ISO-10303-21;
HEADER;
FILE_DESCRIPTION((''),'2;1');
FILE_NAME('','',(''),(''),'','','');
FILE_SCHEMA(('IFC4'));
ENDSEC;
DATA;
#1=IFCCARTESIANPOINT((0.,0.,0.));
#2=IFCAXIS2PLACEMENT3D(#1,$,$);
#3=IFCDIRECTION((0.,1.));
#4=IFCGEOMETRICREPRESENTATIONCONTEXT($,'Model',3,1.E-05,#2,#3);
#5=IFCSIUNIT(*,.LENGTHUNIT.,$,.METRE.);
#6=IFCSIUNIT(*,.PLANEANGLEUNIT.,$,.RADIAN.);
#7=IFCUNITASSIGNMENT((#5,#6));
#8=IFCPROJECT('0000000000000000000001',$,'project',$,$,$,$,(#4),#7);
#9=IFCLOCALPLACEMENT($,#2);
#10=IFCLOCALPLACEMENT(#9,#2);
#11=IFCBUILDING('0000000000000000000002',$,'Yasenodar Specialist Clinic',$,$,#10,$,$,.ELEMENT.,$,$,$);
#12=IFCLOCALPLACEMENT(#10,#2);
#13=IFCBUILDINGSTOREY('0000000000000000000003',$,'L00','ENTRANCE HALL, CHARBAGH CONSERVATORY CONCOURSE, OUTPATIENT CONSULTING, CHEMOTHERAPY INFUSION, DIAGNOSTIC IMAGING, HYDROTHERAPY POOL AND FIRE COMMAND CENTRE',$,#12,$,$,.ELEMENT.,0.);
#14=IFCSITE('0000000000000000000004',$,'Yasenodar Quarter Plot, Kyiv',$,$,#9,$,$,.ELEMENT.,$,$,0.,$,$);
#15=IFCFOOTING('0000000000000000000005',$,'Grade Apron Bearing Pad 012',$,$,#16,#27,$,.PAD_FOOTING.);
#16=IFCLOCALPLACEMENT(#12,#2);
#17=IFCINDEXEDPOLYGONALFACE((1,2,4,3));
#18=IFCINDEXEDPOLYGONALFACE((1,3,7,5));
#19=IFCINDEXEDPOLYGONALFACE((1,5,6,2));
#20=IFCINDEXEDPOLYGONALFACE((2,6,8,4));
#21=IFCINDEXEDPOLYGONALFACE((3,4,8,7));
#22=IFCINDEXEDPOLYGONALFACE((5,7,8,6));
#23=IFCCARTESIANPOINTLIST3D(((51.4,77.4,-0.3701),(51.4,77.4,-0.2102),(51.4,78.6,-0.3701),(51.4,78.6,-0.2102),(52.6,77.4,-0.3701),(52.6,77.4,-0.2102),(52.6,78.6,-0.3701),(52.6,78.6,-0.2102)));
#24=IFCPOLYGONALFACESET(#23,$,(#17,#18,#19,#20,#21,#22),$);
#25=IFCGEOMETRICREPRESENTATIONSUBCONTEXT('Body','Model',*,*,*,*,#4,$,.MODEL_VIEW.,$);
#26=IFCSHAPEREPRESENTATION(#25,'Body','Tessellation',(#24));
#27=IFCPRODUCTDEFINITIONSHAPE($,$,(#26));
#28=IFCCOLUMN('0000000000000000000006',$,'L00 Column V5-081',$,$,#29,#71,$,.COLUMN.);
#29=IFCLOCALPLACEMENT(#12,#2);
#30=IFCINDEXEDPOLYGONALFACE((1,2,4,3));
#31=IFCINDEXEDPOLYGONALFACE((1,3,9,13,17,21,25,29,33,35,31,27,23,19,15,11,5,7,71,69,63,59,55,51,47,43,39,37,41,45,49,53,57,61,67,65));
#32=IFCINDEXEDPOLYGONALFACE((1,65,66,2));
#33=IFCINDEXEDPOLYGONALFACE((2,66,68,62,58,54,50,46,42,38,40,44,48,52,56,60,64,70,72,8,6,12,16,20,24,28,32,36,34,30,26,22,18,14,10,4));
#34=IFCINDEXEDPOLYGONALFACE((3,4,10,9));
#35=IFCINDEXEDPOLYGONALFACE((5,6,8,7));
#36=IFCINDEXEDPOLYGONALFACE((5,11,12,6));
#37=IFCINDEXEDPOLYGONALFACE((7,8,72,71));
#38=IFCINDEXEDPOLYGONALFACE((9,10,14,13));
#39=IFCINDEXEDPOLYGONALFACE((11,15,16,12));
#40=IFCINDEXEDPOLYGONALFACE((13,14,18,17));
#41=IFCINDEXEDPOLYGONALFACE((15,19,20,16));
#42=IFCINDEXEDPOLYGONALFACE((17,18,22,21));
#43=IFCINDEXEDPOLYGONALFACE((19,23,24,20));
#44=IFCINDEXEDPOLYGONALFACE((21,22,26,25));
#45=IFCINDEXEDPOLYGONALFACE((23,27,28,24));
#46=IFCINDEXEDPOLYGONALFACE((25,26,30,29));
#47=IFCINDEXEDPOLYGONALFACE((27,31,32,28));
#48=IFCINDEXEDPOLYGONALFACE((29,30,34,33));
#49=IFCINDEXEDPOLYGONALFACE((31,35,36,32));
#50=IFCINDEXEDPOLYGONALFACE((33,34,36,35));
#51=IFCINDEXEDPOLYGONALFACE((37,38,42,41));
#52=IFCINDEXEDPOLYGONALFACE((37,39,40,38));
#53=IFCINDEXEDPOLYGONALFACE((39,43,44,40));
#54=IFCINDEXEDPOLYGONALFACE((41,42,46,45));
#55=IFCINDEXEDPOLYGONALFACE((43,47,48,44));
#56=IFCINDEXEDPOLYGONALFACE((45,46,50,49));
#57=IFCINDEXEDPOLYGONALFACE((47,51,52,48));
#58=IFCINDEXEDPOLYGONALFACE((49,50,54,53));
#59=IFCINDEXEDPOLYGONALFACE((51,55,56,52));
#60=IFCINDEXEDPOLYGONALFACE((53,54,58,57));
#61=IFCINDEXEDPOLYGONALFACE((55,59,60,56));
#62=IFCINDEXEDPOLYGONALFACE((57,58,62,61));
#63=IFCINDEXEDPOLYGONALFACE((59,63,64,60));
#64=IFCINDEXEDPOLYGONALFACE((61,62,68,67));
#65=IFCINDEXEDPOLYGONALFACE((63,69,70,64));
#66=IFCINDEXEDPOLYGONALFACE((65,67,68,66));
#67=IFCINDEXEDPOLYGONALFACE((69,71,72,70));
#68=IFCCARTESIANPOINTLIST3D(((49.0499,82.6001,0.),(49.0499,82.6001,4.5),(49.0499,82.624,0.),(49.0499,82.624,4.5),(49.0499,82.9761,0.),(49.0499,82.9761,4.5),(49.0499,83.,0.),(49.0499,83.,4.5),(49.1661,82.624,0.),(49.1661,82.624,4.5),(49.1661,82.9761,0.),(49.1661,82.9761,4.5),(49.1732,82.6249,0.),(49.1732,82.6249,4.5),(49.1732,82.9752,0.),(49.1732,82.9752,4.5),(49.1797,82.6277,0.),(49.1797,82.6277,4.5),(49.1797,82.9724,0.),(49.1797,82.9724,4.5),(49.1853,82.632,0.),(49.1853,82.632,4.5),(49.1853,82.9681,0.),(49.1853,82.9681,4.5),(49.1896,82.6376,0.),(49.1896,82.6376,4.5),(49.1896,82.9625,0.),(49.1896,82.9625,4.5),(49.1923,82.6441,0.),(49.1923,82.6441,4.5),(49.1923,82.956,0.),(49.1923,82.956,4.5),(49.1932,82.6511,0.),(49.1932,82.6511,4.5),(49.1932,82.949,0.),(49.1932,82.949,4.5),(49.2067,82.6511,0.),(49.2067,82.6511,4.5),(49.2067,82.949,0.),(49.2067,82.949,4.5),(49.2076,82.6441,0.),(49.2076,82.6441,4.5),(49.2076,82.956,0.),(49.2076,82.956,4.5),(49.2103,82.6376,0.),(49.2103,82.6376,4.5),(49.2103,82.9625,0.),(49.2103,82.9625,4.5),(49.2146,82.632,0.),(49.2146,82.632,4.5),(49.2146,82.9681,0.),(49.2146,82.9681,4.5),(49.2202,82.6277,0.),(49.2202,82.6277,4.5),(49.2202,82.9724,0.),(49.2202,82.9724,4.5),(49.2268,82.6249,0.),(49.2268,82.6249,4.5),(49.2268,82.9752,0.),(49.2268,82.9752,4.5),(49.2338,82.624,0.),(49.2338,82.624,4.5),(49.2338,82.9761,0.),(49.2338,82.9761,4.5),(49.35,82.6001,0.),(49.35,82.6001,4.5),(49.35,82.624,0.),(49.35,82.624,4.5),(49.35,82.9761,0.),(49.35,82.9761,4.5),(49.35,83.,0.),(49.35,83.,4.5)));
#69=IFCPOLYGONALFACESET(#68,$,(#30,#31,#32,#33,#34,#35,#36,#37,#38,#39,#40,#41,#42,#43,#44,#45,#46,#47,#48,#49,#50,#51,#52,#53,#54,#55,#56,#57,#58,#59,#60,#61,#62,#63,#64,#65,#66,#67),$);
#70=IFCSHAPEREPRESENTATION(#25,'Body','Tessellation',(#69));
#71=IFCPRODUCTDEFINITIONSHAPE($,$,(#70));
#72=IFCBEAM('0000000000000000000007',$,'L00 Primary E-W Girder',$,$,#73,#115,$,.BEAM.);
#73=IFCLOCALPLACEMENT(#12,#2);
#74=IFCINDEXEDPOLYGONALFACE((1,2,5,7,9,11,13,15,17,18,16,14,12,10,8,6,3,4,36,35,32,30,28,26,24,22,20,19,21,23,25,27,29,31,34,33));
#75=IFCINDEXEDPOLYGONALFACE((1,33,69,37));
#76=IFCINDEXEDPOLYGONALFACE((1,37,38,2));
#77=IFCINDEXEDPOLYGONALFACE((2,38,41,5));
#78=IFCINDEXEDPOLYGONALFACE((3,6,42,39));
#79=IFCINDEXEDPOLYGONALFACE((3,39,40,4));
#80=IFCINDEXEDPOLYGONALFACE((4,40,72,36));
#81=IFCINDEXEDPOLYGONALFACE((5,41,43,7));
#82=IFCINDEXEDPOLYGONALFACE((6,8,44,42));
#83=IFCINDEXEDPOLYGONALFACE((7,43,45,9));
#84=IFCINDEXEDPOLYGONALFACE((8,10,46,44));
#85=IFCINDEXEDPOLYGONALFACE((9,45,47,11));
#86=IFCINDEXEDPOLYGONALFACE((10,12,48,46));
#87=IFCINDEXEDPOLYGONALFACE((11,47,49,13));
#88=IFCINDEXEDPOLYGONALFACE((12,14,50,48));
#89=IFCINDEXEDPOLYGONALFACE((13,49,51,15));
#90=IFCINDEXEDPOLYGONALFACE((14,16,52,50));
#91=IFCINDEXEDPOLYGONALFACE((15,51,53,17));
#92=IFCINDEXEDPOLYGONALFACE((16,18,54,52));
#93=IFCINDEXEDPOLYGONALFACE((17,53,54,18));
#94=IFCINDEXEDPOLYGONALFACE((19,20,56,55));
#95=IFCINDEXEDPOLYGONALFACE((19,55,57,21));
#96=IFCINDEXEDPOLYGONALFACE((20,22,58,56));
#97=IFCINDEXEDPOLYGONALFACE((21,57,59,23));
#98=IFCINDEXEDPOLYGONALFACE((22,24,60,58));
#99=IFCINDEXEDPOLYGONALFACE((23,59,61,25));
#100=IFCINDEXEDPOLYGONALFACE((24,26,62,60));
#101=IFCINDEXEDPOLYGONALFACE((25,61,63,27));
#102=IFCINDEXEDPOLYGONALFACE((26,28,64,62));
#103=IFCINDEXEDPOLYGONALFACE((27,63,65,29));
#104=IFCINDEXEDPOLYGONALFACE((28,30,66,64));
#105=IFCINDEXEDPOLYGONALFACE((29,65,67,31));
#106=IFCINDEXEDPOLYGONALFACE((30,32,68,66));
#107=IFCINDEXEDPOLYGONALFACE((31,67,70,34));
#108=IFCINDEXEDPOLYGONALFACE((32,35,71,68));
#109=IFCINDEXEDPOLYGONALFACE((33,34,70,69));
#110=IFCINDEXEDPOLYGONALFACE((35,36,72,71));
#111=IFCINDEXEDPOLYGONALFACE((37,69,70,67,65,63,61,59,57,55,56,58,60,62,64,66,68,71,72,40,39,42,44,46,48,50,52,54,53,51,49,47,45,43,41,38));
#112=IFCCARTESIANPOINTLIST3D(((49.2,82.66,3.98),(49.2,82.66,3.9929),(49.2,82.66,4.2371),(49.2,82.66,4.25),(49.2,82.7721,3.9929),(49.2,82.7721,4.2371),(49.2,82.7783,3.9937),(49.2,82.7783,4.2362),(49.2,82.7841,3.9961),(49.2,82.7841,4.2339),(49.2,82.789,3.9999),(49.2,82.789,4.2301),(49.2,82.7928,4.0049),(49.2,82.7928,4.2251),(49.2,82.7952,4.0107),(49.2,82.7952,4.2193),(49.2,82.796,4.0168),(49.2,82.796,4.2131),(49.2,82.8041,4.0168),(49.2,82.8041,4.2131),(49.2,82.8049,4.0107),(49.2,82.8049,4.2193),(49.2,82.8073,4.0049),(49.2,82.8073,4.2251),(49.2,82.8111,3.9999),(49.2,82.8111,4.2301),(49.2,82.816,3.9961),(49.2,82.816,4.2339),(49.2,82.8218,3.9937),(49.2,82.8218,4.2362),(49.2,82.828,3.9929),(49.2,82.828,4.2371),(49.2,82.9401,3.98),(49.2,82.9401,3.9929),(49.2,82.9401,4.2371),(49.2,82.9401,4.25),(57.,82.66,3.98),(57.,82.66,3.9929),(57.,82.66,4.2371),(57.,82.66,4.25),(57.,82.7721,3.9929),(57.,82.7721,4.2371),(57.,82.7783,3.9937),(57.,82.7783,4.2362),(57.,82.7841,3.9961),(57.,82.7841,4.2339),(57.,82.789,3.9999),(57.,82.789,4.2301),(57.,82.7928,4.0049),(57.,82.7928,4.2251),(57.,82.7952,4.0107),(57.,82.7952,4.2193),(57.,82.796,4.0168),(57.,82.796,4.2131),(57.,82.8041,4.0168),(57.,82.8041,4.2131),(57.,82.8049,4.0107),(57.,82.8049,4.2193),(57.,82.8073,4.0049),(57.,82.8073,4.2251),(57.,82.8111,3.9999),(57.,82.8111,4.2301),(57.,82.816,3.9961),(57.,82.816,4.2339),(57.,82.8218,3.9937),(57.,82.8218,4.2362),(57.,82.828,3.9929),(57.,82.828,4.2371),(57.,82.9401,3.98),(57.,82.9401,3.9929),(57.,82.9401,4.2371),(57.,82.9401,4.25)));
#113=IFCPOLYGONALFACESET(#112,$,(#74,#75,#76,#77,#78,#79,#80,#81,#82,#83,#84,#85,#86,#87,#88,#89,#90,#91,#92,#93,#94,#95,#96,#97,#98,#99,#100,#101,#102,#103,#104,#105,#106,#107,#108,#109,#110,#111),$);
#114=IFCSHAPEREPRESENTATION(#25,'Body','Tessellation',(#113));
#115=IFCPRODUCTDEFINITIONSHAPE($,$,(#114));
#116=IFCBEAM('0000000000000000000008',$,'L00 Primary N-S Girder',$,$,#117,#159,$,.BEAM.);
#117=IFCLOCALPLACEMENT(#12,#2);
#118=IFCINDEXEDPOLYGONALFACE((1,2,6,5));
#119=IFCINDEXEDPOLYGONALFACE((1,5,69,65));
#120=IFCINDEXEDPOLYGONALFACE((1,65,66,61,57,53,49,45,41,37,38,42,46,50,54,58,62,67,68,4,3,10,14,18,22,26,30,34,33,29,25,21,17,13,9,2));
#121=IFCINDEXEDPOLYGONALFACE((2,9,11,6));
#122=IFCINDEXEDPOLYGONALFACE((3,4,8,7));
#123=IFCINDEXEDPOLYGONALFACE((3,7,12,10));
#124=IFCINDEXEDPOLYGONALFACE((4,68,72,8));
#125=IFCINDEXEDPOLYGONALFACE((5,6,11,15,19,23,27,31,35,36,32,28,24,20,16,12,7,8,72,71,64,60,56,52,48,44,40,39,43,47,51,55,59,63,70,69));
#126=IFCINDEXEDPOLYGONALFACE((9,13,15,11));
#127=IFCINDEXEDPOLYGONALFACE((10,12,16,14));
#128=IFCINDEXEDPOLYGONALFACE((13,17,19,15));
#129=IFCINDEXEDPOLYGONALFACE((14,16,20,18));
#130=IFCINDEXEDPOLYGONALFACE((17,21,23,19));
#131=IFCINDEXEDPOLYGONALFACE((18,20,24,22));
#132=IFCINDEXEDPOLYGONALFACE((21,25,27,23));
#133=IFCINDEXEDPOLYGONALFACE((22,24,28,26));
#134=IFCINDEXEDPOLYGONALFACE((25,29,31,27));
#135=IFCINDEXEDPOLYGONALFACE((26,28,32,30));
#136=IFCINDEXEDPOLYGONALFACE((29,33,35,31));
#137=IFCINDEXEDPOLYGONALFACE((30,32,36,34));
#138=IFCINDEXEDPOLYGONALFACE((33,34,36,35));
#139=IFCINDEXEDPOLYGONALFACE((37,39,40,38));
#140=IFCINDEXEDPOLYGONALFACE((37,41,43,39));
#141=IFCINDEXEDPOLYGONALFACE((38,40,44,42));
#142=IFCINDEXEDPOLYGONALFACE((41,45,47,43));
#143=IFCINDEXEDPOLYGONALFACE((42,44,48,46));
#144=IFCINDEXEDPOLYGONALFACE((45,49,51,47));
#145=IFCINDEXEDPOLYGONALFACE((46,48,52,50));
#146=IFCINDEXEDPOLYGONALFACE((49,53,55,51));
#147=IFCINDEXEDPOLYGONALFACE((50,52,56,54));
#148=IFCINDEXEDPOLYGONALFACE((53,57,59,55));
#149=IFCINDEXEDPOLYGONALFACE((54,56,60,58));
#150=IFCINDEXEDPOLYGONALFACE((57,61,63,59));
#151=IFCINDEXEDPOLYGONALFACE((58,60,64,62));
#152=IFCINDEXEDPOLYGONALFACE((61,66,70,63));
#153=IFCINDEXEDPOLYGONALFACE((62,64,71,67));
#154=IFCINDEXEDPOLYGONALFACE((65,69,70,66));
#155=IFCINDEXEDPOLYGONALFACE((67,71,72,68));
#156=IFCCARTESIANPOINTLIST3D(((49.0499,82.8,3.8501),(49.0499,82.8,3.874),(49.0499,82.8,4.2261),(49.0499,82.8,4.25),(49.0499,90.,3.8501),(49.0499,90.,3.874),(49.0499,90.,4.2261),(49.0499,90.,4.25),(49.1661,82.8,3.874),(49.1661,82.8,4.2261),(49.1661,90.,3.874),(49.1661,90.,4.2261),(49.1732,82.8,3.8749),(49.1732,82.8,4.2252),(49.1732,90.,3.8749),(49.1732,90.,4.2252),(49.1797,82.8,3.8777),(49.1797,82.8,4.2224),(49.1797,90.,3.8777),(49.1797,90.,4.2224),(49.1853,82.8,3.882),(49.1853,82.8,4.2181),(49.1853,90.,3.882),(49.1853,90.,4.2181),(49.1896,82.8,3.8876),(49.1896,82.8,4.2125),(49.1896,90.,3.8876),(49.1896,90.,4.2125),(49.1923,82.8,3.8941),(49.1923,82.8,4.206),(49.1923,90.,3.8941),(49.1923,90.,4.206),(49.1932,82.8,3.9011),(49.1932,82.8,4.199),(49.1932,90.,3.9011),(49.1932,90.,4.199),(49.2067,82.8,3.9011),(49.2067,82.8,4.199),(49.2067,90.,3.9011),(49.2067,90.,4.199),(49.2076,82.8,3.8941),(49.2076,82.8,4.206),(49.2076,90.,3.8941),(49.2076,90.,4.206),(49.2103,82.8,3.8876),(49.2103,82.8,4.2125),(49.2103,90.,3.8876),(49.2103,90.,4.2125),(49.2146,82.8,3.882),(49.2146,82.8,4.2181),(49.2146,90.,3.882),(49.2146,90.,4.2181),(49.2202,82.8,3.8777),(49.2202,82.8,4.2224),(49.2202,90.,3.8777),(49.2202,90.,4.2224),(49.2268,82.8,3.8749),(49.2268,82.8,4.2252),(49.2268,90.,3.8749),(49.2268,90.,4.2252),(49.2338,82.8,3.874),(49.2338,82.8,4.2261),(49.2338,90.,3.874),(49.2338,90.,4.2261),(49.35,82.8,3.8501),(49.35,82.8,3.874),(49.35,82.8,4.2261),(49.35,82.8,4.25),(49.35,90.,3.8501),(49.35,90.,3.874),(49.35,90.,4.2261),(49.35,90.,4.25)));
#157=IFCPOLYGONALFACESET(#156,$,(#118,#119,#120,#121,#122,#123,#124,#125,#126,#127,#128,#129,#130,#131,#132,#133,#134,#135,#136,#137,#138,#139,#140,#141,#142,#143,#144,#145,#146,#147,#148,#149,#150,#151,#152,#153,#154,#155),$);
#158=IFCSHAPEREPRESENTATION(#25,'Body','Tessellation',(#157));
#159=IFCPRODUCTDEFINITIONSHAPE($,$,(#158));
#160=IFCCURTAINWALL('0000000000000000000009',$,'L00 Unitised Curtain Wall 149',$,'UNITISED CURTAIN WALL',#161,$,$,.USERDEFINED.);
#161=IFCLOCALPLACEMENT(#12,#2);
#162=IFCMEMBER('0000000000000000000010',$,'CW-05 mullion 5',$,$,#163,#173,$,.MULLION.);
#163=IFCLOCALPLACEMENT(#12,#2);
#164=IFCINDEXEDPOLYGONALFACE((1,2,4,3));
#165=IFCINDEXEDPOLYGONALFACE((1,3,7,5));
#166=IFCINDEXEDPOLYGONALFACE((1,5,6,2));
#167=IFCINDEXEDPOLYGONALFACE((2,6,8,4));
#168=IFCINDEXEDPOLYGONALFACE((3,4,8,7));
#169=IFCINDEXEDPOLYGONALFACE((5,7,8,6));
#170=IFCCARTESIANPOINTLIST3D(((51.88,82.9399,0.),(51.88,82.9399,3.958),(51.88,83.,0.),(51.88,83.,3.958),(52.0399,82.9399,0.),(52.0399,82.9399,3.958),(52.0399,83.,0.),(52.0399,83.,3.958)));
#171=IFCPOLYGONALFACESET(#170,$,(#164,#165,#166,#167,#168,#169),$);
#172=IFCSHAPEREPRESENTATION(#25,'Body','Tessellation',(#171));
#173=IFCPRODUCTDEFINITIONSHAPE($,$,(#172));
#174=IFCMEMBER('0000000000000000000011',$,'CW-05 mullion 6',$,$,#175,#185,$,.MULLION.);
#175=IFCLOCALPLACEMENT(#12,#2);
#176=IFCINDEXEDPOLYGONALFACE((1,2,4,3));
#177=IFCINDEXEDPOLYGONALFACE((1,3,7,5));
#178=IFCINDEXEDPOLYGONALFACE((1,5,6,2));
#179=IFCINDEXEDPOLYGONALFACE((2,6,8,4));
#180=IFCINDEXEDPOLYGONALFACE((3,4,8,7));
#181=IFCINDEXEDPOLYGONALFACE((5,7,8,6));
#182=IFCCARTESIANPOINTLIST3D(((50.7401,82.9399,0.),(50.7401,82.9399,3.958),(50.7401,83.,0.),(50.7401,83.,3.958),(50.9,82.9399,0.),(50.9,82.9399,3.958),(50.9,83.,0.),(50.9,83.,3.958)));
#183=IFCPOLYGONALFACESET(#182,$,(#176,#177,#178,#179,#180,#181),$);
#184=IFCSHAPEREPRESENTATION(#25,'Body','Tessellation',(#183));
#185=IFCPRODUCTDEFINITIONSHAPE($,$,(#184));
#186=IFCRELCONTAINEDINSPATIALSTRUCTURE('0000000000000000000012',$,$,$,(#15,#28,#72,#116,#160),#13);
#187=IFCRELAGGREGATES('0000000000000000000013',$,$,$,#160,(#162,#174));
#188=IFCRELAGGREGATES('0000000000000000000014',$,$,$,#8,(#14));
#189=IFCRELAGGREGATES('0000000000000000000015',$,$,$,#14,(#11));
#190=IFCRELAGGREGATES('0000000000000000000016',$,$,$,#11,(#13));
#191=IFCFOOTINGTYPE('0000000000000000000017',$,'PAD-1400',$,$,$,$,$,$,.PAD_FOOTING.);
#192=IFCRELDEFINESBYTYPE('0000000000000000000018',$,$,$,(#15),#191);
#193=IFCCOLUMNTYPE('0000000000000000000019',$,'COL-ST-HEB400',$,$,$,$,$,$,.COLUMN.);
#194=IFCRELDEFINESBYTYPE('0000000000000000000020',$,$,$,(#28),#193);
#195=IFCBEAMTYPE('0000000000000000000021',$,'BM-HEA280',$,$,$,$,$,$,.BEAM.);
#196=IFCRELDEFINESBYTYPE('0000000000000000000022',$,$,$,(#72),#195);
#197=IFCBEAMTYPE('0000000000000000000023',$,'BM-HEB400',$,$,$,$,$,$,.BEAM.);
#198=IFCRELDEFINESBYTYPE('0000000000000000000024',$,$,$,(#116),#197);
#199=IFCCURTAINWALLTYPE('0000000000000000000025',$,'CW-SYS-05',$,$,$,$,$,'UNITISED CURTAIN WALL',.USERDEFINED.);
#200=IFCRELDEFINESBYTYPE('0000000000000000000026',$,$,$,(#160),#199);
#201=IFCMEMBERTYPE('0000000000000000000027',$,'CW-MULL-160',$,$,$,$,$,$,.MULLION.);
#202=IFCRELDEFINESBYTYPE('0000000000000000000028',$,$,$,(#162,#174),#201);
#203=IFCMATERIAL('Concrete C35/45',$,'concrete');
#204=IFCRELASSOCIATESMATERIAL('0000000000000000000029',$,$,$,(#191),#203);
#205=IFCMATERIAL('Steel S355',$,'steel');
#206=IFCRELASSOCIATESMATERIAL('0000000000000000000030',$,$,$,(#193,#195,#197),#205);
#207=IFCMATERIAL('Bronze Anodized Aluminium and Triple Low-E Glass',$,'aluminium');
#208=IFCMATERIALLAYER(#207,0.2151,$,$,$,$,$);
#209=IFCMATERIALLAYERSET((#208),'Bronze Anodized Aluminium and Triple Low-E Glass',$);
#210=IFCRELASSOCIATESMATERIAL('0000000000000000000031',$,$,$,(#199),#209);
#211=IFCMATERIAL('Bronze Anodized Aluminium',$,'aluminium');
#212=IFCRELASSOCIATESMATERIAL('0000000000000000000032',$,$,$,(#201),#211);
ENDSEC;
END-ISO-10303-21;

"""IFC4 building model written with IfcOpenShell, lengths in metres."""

from ifc_helpers import new_model, si_unit, direction, frame, origin, origin_2d, place, context, subcontext, project, spatial, rectangle, i_section, extrude, material, layer, layer_set, material_profile, profile_set, type_object, element, aggregate, save


model = new_model("IFC4")

# Units and contexts
model_context = context("Model", 3, precision=1e-05, world=origin(), true_north=direction((0.0, 1.0)))
body_context = subcontext(model_context, "Body", "Model", "MODEL_VIEW")
ifc_project = project(units=[si_unit("LENGTHUNIT", "METRE"), si_unit("PLANEANGLEUNIT", "RADIAN")], contexts=[model_context])

# Site, building, storey
site_placement = place(None, origin())
site = spatial("IfcSite", under=ifc_project, at=site_placement, Name="Yasenodar Quarter Plot, Kyiv", CompositionType="ELEMENT", RefElevation=0.0)
building_placement = place(site_placement, origin())
building = spatial("IfcBuilding", under=site, at=building_placement, Name="Yasenodar Specialist Clinic", CompositionType="ELEMENT")
storey_placement = place(building_placement, origin())
storey = spatial("IfcBuildingStorey", under=building, at=storey_placement, Name="L00", Description="ENTRANCE HALL, CHARBAGH CONSERVATORY CONCOURSE, OUTPATIENT CONSULTING, CHEMOTHERAPY INFUSION, DIAGNOSTIC IMAGING, HYDROTHERAPY POOL AND FIRE COMMAND CENTRE", CompositionType="ELEMENT", Elevation=0.0)

# Footing
ifc_material_1 = material(Name="Concrete C35/45", Category="concrete")
footing_type = type_object("IfcFootingType", Name="PAD-1400", PredefinedType="PAD_FOOTING", material=ifc_material_1)
footing_placement = place(storey_placement, frame((52.0, 78.0, -0.3701), z_axis=(0.0, 0.0, 1.0), x_axis=(1.0, 0.0, 0.0)))
element("IfcFooting", 1, at=footing_placement, inside=storey, type_object=footing_type, Name="Grade Apron Bearing Pad 012", PredefinedType="PAD_FOOTING", context=body_context, shape_type="SweptSolid", body=[
    extrude(rectangle(XDim=1.2, YDim=1.2, at=origin_2d()), origin(), (0.0, 0.0, 1.0), 0.1599),
])

# Column
ifc_material_2 = material(Name="Steel S355", Category="steel")
ifc_material_profile_1 = material_profile(ifc_material_2, i_section(OverallWidth=0.3, OverallDepth=0.3999, WebThickness=0.0134, FlangeThickness=0.0239, FilletRadius=0.0271, at=origin_2d()), Name="HEB 400")
ifc_profile_set_1 = profile_set([ifc_material_profile_1], Name="Steel S355")
column_type = type_object("IfcColumnType", Name="COL-ST-HEB400", PredefinedType="COLUMN", material=ifc_profile_set_1)
column_placement = place(storey_placement, frame((49.2, 82.8, 0.0), z_axis=(0.0, 0.0, 1.0), x_axis=(1.0, 0.0, 0.0)))
element("IfcColumn", 2, at=column_placement, inside=storey, type_object=column_type, Name="L00 Column V5-081", PredefinedType="COLUMN", context=body_context, shape_type="SweptSolid", body=[
    extrude(i_section(OverallWidth=0.3, OverallDepth=0.3999, WebThickness=0.0134, FlangeThickness=0.0239, FilletRadius=0.0271, at=origin_2d()), origin(), (0.0, 0.0, 1.0), 4.5),
])

# Beams
ifc_material_profile_2 = material_profile(ifc_material_2, i_section(OverallWidth=0.28, OverallDepth=0.27, WebThickness=0.0081, FlangeThickness=0.0129, FilletRadius=0.0239, at=origin_2d()), Name="HEA 280")
ifc_profile_set_2 = profile_set([ifc_material_profile_2], Name="Steel S355")
beam_type_1 = type_object("IfcBeamType", Name="BM-HEA280", PredefinedType="BEAM", material=ifc_profile_set_2)
beam_1_placement = place(storey_placement, frame((49.2, 82.8, 4.115), z_axis=(1.0, 0.0, 0.0), x_axis=(0.0, 1.0, 0.0)))
element("IfcBeam", 3, at=beam_1_placement, inside=storey, type_object=beam_type_1, Name="L00 Primary E-W Girder", PredefinedType="BEAM", context=body_context, shape_type="SweptSolid", body=[
    extrude(i_section(OverallWidth=0.28, OverallDepth=0.27, WebThickness=0.0081, FlangeThickness=0.0129, FilletRadius=0.0239, at=origin_2d()), origin(), (0.0, 0.0, 1.0), 7.8),
])
ifc_material_profile_3 = material_profile(ifc_material_2, i_section(OverallWidth=0.3, OverallDepth=0.3999, WebThickness=0.0134, FlangeThickness=0.0239, FilletRadius=0.0271, at=origin_2d()), Name="HEB 400")
ifc_profile_set_3 = profile_set([ifc_material_profile_3], Name="Steel S355")
beam_type_2 = type_object("IfcBeamType", Name="BM-HEB400", PredefinedType="BEAM", material=ifc_profile_set_3)
beam_2_placement = place(storey_placement, frame((49.2, 82.8, 4.05), z_axis=(0.0, 1.0, 0.0), x_axis=(-1.0, 0.0, 0.0)))
element("IfcBeam", 4, at=beam_2_placement, inside=storey, type_object=beam_type_2, Name="L00 Primary N-S Girder", PredefinedType="BEAM", context=body_context, shape_type="SweptSolid", body=[
    extrude(i_section(OverallWidth=0.3, OverallDepth=0.3999, WebThickness=0.0134, FlangeThickness=0.0239, FilletRadius=0.0271, at=origin_2d()), origin(), (0.0, 0.0, 1.0), 7.2),
])

# Curtain wall, members
ifc_material_3 = material(Name="Bronze Anodized Aluminium and Triple Low-E Glass", Category="aluminium")
ifc_layer_1 = layer(ifc_material_3, 0.2151)
ifc_layer_set_1 = layer_set([ifc_layer_1], Name="Bronze Anodized Aluminium and Triple Low-E Glass")
curtain_wall_type = type_object("IfcCurtainWallType", Name="CW-SYS-05", ElementType="UNITISED CURTAIN WALL", PredefinedType="USERDEFINED", material=ifc_layer_set_1)
curtain_wall_placement = place(storey_placement, origin())
curtain_wall = element("IfcCurtainWall", 5, at=curtain_wall_placement, inside=storey, type_object=curtain_wall_type, Name="L00 Unitised Curtain Wall 149", ObjectType="UNITISED CURTAIN WALL", PredefinedType="USERDEFINED")
ifc_material_4 = material(Name="Bronze Anodized Aluminium", Category="aluminium")
ifc_material_profile_4 = material_profile(ifc_material_4, rectangle(XDim=0.0601, YDim=0.1599, at=origin_2d()), Name="CW-MULL 60x160")
ifc_profile_set_4 = profile_set([ifc_material_profile_4], Name="Bronze Anodized Aluminium")
member_type_1 = type_object("IfcMemberType", Name="CW-MULL-160", PredefinedType="MULLION", material=ifc_profile_set_4)
member_1_placement = place(storey_placement, frame((51.96, 82.97, 0.0), z_axis=(0.0, 0.0, 1.0), x_axis=(0.0, -1.0, 0.0)))
member_1 = element("IfcMember", 6, at=member_1_placement, type_object=member_type_1, Name="CW-05 mullion 5", PredefinedType="MULLION", context=body_context, shape_type="SweptSolid", body=[
    extrude(rectangle(XDim=0.0601, YDim=0.1599, at=origin_2d()), origin(), (0.0, 0.0, 1.0), 3.958),
])
member_2_placement = place(storey_placement, frame((50.8201, 82.97, 0.0), z_axis=(0.0, 0.0, 1.0), x_axis=(0.0, -1.0, 0.0)))
member_2 = element("IfcMember", 7, at=member_2_placement, type_object=member_type_1, Name="CW-05 mullion 6", PredefinedType="MULLION", context=body_context, shape_type="SweptSolid", body=[
    extrude(rectangle(XDim=0.0601, YDim=0.1599, at=origin_2d()), origin(), (0.0, 0.0, 1.0), 3.958),
])
aggregate(curtain_wall, [member_1, member_2])

save(model, "model.ifc")
